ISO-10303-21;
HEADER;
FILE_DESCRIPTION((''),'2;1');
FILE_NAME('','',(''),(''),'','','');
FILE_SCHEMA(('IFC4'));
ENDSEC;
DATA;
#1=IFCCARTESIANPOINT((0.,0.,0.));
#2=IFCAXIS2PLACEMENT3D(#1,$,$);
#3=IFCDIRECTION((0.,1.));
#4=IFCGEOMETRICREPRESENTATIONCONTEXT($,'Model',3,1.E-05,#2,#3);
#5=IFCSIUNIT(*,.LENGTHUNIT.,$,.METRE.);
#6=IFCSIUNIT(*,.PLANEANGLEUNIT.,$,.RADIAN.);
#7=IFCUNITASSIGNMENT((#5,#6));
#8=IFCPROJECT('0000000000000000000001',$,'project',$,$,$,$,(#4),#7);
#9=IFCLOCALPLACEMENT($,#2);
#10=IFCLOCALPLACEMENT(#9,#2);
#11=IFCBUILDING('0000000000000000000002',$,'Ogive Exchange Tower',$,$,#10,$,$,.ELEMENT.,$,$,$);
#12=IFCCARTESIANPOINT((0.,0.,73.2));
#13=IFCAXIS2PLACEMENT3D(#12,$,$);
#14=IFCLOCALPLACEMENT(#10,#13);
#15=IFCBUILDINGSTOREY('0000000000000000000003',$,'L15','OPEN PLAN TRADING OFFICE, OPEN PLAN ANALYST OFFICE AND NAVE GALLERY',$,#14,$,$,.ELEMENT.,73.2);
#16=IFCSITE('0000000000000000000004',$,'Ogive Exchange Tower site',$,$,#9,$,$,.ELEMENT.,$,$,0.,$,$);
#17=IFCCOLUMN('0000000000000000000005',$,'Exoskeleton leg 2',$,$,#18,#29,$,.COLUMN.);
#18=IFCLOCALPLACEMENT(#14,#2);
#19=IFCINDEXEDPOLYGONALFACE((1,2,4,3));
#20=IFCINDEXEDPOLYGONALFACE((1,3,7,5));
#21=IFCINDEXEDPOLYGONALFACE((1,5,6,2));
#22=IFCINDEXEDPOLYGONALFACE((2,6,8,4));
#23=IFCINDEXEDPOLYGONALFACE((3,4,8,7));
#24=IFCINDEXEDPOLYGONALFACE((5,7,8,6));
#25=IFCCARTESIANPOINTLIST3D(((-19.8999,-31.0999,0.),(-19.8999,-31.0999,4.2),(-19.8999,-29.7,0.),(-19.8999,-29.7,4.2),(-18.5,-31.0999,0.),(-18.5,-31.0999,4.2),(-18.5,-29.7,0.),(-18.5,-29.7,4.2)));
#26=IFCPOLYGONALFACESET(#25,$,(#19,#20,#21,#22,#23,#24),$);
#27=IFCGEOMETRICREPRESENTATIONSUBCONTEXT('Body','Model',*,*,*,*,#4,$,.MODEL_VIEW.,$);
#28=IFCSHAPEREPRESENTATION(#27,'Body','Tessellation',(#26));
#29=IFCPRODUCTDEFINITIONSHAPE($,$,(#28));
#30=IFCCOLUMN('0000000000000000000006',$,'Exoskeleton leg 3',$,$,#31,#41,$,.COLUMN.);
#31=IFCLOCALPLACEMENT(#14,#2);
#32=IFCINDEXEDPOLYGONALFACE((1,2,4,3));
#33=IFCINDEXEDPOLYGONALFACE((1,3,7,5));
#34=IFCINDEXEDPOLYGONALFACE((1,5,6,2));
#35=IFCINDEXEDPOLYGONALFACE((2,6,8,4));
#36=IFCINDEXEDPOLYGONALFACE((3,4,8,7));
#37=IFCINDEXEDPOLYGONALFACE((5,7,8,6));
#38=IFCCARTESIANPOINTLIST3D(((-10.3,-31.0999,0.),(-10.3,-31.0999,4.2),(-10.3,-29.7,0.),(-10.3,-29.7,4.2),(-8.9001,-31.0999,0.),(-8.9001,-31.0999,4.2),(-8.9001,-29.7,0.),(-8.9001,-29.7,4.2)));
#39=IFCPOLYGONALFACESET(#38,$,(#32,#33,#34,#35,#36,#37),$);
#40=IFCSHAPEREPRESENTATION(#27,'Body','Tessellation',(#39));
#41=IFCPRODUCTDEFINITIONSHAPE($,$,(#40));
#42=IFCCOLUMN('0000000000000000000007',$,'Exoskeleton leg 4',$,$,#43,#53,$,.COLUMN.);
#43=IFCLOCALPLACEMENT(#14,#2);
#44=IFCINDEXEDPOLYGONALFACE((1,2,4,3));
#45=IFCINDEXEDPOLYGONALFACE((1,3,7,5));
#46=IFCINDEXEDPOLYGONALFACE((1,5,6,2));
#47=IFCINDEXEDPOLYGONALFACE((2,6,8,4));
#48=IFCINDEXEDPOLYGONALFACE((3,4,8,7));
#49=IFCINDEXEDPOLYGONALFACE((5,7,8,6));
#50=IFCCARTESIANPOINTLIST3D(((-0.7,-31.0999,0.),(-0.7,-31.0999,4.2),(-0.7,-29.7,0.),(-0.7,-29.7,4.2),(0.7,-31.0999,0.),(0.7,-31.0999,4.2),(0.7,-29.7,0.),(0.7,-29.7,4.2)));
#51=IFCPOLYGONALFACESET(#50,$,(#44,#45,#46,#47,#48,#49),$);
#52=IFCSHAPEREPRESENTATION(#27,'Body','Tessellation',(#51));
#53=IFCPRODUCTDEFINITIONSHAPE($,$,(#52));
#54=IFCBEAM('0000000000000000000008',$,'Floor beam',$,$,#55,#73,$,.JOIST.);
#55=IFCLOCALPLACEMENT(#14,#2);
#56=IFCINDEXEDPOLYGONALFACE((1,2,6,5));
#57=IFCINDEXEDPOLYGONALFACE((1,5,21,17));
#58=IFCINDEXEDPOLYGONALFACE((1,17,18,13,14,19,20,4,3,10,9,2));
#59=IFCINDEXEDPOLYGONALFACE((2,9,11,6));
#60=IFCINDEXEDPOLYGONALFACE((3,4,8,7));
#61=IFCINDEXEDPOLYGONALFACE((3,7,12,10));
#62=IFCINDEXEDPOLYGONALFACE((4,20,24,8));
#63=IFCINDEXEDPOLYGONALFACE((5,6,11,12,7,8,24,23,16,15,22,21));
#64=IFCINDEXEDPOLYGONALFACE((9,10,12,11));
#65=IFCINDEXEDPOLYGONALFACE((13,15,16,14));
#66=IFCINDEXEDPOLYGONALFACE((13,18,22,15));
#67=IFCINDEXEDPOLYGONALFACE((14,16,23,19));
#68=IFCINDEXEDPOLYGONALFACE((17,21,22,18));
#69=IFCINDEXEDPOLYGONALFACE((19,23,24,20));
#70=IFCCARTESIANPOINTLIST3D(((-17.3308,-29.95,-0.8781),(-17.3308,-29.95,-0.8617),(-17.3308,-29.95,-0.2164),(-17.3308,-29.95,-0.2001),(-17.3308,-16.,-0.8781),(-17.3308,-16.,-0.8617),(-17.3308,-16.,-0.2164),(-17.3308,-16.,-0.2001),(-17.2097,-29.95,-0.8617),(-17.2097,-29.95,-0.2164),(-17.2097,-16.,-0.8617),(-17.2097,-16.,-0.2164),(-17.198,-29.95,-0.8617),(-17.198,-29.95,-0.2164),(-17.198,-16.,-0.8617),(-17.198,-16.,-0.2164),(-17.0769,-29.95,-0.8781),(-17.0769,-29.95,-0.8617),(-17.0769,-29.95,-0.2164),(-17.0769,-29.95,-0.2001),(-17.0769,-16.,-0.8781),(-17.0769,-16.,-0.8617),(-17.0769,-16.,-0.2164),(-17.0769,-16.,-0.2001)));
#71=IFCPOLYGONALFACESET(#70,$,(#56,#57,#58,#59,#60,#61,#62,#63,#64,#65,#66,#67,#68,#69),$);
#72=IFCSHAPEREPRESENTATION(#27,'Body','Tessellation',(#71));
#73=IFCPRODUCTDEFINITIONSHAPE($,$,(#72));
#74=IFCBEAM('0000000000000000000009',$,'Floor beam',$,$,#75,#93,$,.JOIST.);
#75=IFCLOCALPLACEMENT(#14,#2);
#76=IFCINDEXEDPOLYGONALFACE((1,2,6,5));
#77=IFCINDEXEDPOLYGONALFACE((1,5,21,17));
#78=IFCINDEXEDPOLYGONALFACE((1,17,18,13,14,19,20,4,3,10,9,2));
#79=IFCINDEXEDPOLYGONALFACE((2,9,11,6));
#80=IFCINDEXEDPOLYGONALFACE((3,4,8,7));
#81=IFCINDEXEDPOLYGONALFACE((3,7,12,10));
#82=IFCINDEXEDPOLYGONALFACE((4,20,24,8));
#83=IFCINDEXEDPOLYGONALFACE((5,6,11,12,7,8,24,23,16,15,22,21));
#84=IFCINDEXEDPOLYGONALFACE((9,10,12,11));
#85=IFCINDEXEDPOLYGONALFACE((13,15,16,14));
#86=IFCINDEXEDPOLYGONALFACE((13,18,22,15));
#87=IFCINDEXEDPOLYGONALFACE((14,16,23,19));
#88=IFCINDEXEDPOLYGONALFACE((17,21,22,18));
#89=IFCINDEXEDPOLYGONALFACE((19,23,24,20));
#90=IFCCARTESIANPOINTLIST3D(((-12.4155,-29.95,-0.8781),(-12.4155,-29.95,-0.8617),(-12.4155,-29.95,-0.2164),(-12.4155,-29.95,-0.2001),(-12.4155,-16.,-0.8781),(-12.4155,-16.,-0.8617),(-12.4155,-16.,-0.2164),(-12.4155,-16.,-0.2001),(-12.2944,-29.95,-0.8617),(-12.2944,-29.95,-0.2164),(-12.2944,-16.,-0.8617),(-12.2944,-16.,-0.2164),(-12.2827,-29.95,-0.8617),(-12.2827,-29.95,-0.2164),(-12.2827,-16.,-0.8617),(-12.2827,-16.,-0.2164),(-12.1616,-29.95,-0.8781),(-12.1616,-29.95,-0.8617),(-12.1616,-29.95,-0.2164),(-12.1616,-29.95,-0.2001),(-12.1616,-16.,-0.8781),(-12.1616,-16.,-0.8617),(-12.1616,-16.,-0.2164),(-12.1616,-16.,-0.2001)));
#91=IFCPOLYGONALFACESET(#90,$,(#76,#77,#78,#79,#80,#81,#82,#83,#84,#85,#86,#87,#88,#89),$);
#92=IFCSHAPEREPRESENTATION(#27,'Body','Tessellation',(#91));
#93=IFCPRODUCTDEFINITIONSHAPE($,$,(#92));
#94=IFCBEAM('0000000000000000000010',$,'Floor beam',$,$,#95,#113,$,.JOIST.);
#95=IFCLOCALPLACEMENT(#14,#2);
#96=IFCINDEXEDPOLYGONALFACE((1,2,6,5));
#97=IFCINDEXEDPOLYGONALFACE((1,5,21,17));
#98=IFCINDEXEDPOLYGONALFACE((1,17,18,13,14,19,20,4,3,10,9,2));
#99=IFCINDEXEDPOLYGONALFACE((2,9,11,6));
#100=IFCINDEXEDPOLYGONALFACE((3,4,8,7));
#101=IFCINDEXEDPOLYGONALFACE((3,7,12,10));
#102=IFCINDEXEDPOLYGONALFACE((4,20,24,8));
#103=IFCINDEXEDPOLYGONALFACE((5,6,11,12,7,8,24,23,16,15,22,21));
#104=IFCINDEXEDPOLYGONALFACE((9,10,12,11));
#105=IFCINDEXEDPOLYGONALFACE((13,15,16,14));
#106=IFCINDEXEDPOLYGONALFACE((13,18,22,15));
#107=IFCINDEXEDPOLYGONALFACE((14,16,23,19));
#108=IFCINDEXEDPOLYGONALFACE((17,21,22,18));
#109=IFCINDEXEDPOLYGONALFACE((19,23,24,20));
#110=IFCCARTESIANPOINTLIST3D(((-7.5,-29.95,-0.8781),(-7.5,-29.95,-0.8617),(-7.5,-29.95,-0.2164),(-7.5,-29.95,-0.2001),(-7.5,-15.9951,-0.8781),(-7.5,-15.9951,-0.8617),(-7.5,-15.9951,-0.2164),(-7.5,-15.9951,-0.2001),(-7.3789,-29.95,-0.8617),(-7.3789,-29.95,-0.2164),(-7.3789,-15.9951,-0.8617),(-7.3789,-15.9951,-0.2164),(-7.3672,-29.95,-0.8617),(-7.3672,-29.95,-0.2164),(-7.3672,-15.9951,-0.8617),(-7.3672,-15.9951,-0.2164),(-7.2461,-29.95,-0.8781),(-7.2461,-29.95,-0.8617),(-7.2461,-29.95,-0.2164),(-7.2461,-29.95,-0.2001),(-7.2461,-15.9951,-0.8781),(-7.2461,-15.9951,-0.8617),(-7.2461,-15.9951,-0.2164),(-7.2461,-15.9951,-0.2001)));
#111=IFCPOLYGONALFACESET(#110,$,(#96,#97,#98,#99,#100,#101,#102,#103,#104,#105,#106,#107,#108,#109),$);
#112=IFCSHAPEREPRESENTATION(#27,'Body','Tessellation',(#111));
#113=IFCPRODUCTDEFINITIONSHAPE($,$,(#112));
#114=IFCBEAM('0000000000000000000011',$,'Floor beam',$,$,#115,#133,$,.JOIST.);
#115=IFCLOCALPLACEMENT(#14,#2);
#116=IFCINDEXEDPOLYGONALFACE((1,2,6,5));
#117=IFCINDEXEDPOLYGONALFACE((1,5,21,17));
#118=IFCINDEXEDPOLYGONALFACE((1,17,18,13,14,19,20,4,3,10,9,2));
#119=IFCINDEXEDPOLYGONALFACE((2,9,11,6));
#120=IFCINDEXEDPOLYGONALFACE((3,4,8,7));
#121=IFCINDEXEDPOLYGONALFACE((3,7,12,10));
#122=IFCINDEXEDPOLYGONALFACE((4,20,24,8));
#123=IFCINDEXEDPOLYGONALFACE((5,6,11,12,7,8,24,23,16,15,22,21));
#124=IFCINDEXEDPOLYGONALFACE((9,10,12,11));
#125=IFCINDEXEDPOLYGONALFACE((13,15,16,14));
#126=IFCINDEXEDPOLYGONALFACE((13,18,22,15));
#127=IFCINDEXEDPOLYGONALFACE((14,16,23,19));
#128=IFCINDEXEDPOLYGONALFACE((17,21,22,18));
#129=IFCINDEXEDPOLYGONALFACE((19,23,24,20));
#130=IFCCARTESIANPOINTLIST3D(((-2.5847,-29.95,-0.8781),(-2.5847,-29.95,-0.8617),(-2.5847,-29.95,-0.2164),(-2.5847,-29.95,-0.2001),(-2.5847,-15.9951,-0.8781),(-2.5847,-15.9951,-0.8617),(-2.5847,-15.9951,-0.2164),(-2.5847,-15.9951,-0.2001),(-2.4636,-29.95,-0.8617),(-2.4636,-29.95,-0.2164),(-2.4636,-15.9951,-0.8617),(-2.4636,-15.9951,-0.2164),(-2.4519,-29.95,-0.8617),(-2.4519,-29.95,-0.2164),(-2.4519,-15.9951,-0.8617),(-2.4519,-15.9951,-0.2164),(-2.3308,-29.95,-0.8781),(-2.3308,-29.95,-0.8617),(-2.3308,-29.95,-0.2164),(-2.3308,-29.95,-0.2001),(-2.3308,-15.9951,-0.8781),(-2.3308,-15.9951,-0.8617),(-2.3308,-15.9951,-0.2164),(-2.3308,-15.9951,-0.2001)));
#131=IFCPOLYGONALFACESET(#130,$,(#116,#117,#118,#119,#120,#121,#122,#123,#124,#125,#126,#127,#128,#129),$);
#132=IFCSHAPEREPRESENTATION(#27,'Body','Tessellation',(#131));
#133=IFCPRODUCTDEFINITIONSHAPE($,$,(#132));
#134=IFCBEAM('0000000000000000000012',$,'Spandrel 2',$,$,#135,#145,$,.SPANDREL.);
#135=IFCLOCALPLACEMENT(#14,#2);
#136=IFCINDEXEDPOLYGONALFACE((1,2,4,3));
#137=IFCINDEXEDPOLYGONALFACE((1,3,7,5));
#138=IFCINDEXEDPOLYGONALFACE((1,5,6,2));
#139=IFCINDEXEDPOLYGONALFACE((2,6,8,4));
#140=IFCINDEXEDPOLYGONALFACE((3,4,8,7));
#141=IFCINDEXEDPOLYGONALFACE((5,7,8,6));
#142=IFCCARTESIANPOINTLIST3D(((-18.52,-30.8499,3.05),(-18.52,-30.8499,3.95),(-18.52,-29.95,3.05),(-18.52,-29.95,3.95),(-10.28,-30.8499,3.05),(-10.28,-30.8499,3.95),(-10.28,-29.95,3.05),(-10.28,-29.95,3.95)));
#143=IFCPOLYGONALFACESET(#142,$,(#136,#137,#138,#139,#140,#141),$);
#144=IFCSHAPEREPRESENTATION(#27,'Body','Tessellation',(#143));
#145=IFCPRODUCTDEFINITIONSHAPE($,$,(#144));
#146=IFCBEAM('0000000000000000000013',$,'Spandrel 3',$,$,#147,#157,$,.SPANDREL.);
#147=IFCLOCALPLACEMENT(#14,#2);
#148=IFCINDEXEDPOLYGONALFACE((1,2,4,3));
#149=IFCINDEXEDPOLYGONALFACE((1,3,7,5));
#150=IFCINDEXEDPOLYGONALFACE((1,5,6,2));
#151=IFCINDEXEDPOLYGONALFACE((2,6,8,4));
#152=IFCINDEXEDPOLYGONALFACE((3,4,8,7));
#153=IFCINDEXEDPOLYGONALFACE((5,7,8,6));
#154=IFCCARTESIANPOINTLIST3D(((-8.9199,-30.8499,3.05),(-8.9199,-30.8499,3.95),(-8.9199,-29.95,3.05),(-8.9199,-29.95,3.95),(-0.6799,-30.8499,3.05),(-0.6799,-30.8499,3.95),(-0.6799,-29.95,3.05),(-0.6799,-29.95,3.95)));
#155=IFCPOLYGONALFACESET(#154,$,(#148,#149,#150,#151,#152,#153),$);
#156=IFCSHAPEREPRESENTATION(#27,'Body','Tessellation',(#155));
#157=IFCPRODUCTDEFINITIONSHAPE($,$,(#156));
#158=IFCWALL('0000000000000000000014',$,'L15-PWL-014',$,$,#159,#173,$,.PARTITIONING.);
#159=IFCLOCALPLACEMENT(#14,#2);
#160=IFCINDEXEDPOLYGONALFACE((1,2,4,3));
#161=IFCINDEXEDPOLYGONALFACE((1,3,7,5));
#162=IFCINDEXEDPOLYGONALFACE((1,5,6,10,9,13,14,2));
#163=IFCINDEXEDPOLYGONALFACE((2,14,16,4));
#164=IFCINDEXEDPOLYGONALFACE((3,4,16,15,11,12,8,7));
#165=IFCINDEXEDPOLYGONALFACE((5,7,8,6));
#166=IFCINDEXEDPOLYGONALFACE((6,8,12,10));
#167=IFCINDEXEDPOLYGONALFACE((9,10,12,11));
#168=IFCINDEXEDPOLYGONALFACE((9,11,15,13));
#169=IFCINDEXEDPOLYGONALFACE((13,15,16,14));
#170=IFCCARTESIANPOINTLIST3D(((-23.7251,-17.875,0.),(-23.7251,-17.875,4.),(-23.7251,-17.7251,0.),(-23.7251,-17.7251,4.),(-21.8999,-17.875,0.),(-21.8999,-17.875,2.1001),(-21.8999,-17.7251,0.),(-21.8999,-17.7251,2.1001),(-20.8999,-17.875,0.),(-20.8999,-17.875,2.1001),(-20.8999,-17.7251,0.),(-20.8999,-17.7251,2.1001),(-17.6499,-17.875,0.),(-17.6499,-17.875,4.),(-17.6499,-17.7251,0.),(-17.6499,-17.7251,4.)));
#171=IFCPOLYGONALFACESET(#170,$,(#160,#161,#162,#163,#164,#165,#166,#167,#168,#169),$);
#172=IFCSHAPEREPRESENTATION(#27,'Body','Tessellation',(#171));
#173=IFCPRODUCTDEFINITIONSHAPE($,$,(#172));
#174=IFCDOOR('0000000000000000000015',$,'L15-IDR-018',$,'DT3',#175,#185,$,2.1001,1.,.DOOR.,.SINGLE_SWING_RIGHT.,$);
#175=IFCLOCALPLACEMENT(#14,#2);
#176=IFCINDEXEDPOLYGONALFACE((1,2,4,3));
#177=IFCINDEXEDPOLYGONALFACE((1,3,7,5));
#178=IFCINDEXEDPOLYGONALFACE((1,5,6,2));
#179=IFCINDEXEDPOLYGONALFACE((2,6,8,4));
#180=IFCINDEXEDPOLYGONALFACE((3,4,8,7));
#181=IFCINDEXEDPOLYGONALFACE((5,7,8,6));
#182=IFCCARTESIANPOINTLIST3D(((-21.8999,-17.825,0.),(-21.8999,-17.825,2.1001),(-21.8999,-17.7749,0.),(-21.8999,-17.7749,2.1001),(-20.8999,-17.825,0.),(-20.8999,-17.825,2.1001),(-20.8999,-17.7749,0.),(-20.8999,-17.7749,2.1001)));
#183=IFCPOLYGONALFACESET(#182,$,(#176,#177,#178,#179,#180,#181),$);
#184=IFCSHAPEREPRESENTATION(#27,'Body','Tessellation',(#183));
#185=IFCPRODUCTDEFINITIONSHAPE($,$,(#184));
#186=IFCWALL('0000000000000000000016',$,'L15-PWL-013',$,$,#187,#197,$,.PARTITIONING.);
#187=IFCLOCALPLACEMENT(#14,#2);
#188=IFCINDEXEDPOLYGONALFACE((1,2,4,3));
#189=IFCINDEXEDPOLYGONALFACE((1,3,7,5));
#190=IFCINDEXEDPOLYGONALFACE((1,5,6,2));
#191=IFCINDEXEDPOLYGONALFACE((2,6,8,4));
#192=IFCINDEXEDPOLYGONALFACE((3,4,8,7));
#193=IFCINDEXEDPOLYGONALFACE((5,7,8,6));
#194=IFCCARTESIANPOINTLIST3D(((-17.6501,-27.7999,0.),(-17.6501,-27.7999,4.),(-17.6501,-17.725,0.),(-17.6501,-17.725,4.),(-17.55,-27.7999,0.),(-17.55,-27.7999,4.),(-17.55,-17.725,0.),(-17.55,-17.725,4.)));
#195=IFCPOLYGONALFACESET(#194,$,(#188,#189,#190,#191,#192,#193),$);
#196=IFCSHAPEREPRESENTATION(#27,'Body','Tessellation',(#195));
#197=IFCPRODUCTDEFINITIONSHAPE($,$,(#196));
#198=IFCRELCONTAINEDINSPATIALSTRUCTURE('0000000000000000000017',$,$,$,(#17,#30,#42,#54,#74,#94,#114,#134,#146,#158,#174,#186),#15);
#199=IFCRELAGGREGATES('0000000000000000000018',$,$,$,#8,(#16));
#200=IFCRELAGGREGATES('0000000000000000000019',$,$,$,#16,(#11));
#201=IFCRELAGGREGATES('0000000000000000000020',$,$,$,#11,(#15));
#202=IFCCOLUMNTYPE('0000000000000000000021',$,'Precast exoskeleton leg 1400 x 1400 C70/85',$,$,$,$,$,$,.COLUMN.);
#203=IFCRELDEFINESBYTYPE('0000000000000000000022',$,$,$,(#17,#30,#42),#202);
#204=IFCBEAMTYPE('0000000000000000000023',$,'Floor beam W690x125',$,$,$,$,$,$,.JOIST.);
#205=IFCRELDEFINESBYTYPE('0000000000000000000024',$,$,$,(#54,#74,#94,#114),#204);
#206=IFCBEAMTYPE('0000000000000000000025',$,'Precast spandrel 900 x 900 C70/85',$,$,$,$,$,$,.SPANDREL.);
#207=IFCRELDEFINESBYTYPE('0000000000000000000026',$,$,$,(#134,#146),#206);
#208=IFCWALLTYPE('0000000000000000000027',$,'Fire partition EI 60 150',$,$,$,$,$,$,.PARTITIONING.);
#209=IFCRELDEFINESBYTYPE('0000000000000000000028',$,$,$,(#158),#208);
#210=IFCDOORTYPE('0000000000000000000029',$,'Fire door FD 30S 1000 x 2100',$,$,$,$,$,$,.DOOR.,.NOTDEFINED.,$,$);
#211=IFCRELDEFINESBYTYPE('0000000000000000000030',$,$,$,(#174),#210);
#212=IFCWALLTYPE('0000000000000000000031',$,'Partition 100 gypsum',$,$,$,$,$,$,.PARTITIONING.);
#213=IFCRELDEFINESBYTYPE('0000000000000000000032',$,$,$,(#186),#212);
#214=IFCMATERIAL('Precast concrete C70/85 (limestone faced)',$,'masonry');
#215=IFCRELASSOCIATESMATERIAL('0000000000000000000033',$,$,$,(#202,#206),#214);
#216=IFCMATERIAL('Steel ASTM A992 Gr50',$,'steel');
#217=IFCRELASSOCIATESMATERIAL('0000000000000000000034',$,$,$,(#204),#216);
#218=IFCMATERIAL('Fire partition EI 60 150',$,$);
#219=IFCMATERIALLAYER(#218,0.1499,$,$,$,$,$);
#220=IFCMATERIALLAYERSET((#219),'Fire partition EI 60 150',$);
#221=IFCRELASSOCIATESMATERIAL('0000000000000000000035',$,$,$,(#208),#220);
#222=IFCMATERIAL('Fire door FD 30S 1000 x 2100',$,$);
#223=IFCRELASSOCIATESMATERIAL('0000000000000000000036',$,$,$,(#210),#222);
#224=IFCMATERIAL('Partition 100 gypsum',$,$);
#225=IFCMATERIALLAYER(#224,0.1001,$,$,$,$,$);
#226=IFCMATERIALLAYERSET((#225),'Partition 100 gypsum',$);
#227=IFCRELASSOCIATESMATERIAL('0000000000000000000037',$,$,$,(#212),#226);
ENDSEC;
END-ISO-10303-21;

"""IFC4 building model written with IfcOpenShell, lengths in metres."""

from ifc_helpers import new_model, si_unit, direction, frame, frame_2d, origin, origin_2d, place, context, subcontext, project, spatial, rectangle, i_section, extrude, material, layer, layer_set, material_profile, profile_set, type_object, element, fill, save


model = new_model("IFC4")

# Units and contexts
model_context = context("Model", 3, precision=1e-05, world=origin(), true_north=direction((0.0, 1.0)))
body_context = subcontext(model_context, "Body", "Model", "MODEL_VIEW")
ifc_project = project(units=[si_unit("LENGTHUNIT", "METRE"), si_unit("PLANEANGLEUNIT", "RADIAN")], contexts=[model_context])

# Site, building, storey
site_placement = place(None, origin())
site = spatial("IfcSite", under=ifc_project, at=site_placement, Name="Ogive Exchange Tower site", CompositionType="ELEMENT", RefElevation=0.0)
building_placement = place(site_placement, origin())
building = spatial("IfcBuilding", under=site, at=building_placement, Name="Ogive Exchange Tower", CompositionType="ELEMENT")
storey_placement = place(building_placement, frame((0.0, 0.0, 73.2)))
storey = spatial("IfcBuildingStorey", under=building, at=storey_placement, Name="L15", Description="OPEN PLAN TRADING OFFICE, OPEN PLAN ANALYST OFFICE AND NAVE GALLERY", CompositionType="ELEMENT", Elevation=73.2)

# Columns
ifc_material_1 = material(Name="Precast concrete C70/85 (limestone faced)", Category="masonry")
ifc_material_profile_1 = material_profile(ifc_material_1, rectangle(XDim=1.3999, YDim=1.3999, at=origin_2d()), Name="1400 x 1400")
ifc_profile_set_1 = profile_set([ifc_material_profile_1], Name="Precast concrete C70/85 (limestone faced)")
column_type = type_object("IfcColumnType", Name="Precast exoskeleton leg 1400 x 1400 C70/85", PredefinedType="COLUMN", material=ifc_profile_set_1)
for number, where, z_axis, x_axis, name in (
    (1, (-19.2, -30.3999, 0.0), (0.0, 0.0, 1.0), (1.0, 0.0, 0.0), "Exoskeleton leg 2"),
    (2, (-9.6001, -30.3999, 0.0), (0.0, 0.0, 1.0), (1.0, 0.0, 0.0), "Exoskeleton leg 3"),
    (3, (0.0, -30.3999, 0.0), (0.0, 0.0, 1.0), (1.0, 0.0, 0.0), "Exoskeleton leg 4"),
):
    element("IfcColumn", number, at=place(storey_placement, frame(where, z_axis=z_axis, x_axis=x_axis)), inside=storey, type_object=column_type, Name=name, PredefinedType="COLUMN", context=body_context, shape_type="SweptSolid", body=[
        extrude(rectangle(XDim=1.3999, YDim=1.3999, at=origin_2d()), origin(), (0.0, 0.0, 1.0), 4.2),
    ])

# Beams
ifc_material_2 = material(Name="Steel ASTM A992 Gr50", Category="steel")
ifc_material_profile_2 = material_profile(ifc_material_2, i_section(OverallWidth=0.2539, OverallDepth=0.678, WebThickness=0.0117, FlangeThickness=0.0164, at=origin_2d()), Name="W690x125")
ifc_profile_set_2 = profile_set([ifc_material_profile_2], Name="Steel ASTM A992 Gr50")
beam_type_1 = type_object("IfcBeamType", Name="Floor beam W690x125", PredefinedType="JOIST", material=ifc_profile_set_2)
for number, where, z_axis, x_axis, name in (
    (4, (-17.2039, -29.95, -0.5391), (0.0, 1.0, 0.0), (-1.0, 0.0, 0.0), "Floor beam"),
    (5, (-12.2886, -29.95, -0.5391), (0.0, 1.0, 0.0), (-1.0, 0.0, 0.0), "Floor beam"),
):
    element("IfcBeam", number, at=place(storey_placement, frame(where, z_axis=z_axis, x_axis=x_axis)), inside=storey, type_object=beam_type_1, Name=name, PredefinedType="JOIST", context=body_context, shape_type="SweptSolid", body=[
        extrude(i_section(OverallWidth=0.2539, OverallDepth=0.678, WebThickness=0.0117, FlangeThickness=0.0164, at=origin_2d()), origin(), (0.0, 0.0, 1.0), 13.95),
    ])
for number, where, z_axis, x_axis, name in (
    (6, (-7.373, -29.95, -0.5391), (0.0, 1.0, 0.0), (-1.0, 0.0, 0.0), "Floor beam"),
    (7, (-2.4578, -29.95, -0.5391), (0.0, 1.0, 0.0), (-1.0, 0.0, 0.0), "Floor beam"),
):
    element("IfcBeam", number, at=place(storey_placement, frame(where, z_axis=z_axis, x_axis=x_axis)), inside=storey, type_object=beam_type_1, Name=name, PredefinedType="JOIST", context=body_context, shape_type="SweptSolid", body=[
        extrude(i_section(OverallWidth=0.2539, OverallDepth=0.678, WebThickness=0.0117, FlangeThickness=0.0164, at=origin_2d()), origin(), (0.0, 0.0, 1.0), 13.9548),
    ])
ifc_material_profile_3 = material_profile(ifc_material_1, rectangle(XDim=0.8999, YDim=0.8999, at=origin_2d()), Name="900 x 900")
ifc_profile_set_3 = profile_set([ifc_material_profile_3], Name="Precast concrete C70/85 (limestone faced)")
beam_type_2 = type_object("IfcBeamType", Name="Precast spandrel 900 x 900 C70/85", PredefinedType="SPANDREL", material=ifc_profile_set_3)
for number, where, z_axis, x_axis, name in (
    (8, (-18.52, -30.3999, 3.5), (1.0, 0.0, 0.0), (0.0, 1.0, 0.0), "Spandrel 2"),
    (9, (-8.9199, -30.3999, 3.5), (1.0, 0.0, 0.0), (0.0, 1.0, 0.0), "Spandrel 3"),
):
    element("IfcBeam", number, at=place(storey_placement, frame(where, z_axis=z_axis, x_axis=x_axis)), inside=storey, type_object=beam_type_2, Name=name, PredefinedType="SPANDREL", context=body_context, shape_type="SweptSolid", body=[
        extrude(rectangle(XDim=0.8999, YDim=0.8999, at=origin_2d()), origin(), (0.0, 0.0, 1.0), 8.24),
    ])

# Wall, opening, door
ifc_material_3 = material(Name="Fire partition EI 60 150")
ifc_layer_1 = layer(ifc_material_3, 0.1499)
ifc_layer_set_1 = layer_set([ifc_layer_1], Name="Fire partition EI 60 150")
wall_type_1 = type_object("IfcWallType", Name="Fire partition EI 60 150", PredefinedType="PARTITIONING", material=ifc_layer_set_1)
wall_1_placement = place(storey_placement, frame((-17.6499, -17.8, 0.0), z_axis=(0.0, 0.0, 1.0), x_axis=(-1.0, 0.0, 0.0)))
wall_1 = element("IfcWall", 10, at=wall_1_placement, inside=storey, type_object=wall_type_1, Name="L15-PWL-014", PredefinedType="PARTITIONING", context=body_context, shape_type="SweptSolid", body=[
    extrude(rectangle(XDim=6.0752, YDim=0.1499, at=frame_2d((3.0376, 0.0))), origin(), (0.0, 0.0, 1.0), 4.0),
])
opening_1_placement = place(wall_1_placement, frame((3.25, 0.0, 0.0)))
opening_1 = element("IfcOpeningElement", 11, at=opening_1_placement, cuts=wall_1, PredefinedType="OPENING", context=body_context, shape_type="SweptSolid", body=[
    extrude(rectangle(XDim=1.0, YDim=2.1001, at=frame_2d((0.5, 1.05))), frame((0.0, 0.085, 0.0), z_axis=(0.0, -1.0, 0.0), x_axis=(1.0, 0.0, 0.0)), (0.0, 0.0, 1.0), 0.1699),
])
ifc_material_4 = material(Name="Fire door FD 30S 1000 x 2100")
door_type_1 = type_object("IfcDoorType", Name="Fire door FD 30S 1000 x 2100", OperationType="NOTDEFINED", PredefinedType="DOOR", material=ifc_material_4)
door_1_placement = place(opening_1_placement, origin())
door_1 = element("IfcDoor", 12, at=door_1_placement, inside=storey, type_object=door_type_1, Name="L15-IDR-018", ObjectType="DT3", OperationType="SINGLE_SWING_RIGHT", OverallHeight=2.1001, OverallWidth=1.0, PredefinedType="DOOR", context=body_context, shape_type="SweptSolid", body=[
    extrude(rectangle(XDim=1.0, YDim=2.1001, at=frame_2d((0.5, 1.05))), frame((0.0, 0.0249, 0.0), z_axis=(0.0, -1.0, 0.0), x_axis=(1.0, 0.0, 0.0)), (0.0, 0.0, 1.0), 0.05),
])
fill(opening_1, door_1)

# Wall
ifc_material_5 = material(Name="Partition 100 gypsum")
ifc_layer_2 = layer(ifc_material_5, 0.1001)
ifc_layer_set_2 = layer_set([ifc_layer_2], Name="Partition 100 gypsum")
wall_type_2 = type_object("IfcWallType", Name="Partition 100 gypsum", PredefinedType="PARTITIONING", material=ifc_layer_set_2)
wall_2_placement = place(storey_placement, frame((-17.6001, -27.8, 0.0), z_axis=(0.0, 0.0, 1.0), x_axis=(0.0, 1.0, 0.0)))
element("IfcWall", 13, at=wall_2_placement, inside=storey, type_object=wall_type_2, Name="L15-PWL-013", PredefinedType="PARTITIONING", context=body_context, shape_type="SweptSolid", body=[
    extrude(rectangle(XDim=10.075, YDim=0.1001, at=frame_2d((5.0376, 0.0))), origin(), (0.0, 0.0, 1.0), 4.0),
])

save(model, "model.ifc")
